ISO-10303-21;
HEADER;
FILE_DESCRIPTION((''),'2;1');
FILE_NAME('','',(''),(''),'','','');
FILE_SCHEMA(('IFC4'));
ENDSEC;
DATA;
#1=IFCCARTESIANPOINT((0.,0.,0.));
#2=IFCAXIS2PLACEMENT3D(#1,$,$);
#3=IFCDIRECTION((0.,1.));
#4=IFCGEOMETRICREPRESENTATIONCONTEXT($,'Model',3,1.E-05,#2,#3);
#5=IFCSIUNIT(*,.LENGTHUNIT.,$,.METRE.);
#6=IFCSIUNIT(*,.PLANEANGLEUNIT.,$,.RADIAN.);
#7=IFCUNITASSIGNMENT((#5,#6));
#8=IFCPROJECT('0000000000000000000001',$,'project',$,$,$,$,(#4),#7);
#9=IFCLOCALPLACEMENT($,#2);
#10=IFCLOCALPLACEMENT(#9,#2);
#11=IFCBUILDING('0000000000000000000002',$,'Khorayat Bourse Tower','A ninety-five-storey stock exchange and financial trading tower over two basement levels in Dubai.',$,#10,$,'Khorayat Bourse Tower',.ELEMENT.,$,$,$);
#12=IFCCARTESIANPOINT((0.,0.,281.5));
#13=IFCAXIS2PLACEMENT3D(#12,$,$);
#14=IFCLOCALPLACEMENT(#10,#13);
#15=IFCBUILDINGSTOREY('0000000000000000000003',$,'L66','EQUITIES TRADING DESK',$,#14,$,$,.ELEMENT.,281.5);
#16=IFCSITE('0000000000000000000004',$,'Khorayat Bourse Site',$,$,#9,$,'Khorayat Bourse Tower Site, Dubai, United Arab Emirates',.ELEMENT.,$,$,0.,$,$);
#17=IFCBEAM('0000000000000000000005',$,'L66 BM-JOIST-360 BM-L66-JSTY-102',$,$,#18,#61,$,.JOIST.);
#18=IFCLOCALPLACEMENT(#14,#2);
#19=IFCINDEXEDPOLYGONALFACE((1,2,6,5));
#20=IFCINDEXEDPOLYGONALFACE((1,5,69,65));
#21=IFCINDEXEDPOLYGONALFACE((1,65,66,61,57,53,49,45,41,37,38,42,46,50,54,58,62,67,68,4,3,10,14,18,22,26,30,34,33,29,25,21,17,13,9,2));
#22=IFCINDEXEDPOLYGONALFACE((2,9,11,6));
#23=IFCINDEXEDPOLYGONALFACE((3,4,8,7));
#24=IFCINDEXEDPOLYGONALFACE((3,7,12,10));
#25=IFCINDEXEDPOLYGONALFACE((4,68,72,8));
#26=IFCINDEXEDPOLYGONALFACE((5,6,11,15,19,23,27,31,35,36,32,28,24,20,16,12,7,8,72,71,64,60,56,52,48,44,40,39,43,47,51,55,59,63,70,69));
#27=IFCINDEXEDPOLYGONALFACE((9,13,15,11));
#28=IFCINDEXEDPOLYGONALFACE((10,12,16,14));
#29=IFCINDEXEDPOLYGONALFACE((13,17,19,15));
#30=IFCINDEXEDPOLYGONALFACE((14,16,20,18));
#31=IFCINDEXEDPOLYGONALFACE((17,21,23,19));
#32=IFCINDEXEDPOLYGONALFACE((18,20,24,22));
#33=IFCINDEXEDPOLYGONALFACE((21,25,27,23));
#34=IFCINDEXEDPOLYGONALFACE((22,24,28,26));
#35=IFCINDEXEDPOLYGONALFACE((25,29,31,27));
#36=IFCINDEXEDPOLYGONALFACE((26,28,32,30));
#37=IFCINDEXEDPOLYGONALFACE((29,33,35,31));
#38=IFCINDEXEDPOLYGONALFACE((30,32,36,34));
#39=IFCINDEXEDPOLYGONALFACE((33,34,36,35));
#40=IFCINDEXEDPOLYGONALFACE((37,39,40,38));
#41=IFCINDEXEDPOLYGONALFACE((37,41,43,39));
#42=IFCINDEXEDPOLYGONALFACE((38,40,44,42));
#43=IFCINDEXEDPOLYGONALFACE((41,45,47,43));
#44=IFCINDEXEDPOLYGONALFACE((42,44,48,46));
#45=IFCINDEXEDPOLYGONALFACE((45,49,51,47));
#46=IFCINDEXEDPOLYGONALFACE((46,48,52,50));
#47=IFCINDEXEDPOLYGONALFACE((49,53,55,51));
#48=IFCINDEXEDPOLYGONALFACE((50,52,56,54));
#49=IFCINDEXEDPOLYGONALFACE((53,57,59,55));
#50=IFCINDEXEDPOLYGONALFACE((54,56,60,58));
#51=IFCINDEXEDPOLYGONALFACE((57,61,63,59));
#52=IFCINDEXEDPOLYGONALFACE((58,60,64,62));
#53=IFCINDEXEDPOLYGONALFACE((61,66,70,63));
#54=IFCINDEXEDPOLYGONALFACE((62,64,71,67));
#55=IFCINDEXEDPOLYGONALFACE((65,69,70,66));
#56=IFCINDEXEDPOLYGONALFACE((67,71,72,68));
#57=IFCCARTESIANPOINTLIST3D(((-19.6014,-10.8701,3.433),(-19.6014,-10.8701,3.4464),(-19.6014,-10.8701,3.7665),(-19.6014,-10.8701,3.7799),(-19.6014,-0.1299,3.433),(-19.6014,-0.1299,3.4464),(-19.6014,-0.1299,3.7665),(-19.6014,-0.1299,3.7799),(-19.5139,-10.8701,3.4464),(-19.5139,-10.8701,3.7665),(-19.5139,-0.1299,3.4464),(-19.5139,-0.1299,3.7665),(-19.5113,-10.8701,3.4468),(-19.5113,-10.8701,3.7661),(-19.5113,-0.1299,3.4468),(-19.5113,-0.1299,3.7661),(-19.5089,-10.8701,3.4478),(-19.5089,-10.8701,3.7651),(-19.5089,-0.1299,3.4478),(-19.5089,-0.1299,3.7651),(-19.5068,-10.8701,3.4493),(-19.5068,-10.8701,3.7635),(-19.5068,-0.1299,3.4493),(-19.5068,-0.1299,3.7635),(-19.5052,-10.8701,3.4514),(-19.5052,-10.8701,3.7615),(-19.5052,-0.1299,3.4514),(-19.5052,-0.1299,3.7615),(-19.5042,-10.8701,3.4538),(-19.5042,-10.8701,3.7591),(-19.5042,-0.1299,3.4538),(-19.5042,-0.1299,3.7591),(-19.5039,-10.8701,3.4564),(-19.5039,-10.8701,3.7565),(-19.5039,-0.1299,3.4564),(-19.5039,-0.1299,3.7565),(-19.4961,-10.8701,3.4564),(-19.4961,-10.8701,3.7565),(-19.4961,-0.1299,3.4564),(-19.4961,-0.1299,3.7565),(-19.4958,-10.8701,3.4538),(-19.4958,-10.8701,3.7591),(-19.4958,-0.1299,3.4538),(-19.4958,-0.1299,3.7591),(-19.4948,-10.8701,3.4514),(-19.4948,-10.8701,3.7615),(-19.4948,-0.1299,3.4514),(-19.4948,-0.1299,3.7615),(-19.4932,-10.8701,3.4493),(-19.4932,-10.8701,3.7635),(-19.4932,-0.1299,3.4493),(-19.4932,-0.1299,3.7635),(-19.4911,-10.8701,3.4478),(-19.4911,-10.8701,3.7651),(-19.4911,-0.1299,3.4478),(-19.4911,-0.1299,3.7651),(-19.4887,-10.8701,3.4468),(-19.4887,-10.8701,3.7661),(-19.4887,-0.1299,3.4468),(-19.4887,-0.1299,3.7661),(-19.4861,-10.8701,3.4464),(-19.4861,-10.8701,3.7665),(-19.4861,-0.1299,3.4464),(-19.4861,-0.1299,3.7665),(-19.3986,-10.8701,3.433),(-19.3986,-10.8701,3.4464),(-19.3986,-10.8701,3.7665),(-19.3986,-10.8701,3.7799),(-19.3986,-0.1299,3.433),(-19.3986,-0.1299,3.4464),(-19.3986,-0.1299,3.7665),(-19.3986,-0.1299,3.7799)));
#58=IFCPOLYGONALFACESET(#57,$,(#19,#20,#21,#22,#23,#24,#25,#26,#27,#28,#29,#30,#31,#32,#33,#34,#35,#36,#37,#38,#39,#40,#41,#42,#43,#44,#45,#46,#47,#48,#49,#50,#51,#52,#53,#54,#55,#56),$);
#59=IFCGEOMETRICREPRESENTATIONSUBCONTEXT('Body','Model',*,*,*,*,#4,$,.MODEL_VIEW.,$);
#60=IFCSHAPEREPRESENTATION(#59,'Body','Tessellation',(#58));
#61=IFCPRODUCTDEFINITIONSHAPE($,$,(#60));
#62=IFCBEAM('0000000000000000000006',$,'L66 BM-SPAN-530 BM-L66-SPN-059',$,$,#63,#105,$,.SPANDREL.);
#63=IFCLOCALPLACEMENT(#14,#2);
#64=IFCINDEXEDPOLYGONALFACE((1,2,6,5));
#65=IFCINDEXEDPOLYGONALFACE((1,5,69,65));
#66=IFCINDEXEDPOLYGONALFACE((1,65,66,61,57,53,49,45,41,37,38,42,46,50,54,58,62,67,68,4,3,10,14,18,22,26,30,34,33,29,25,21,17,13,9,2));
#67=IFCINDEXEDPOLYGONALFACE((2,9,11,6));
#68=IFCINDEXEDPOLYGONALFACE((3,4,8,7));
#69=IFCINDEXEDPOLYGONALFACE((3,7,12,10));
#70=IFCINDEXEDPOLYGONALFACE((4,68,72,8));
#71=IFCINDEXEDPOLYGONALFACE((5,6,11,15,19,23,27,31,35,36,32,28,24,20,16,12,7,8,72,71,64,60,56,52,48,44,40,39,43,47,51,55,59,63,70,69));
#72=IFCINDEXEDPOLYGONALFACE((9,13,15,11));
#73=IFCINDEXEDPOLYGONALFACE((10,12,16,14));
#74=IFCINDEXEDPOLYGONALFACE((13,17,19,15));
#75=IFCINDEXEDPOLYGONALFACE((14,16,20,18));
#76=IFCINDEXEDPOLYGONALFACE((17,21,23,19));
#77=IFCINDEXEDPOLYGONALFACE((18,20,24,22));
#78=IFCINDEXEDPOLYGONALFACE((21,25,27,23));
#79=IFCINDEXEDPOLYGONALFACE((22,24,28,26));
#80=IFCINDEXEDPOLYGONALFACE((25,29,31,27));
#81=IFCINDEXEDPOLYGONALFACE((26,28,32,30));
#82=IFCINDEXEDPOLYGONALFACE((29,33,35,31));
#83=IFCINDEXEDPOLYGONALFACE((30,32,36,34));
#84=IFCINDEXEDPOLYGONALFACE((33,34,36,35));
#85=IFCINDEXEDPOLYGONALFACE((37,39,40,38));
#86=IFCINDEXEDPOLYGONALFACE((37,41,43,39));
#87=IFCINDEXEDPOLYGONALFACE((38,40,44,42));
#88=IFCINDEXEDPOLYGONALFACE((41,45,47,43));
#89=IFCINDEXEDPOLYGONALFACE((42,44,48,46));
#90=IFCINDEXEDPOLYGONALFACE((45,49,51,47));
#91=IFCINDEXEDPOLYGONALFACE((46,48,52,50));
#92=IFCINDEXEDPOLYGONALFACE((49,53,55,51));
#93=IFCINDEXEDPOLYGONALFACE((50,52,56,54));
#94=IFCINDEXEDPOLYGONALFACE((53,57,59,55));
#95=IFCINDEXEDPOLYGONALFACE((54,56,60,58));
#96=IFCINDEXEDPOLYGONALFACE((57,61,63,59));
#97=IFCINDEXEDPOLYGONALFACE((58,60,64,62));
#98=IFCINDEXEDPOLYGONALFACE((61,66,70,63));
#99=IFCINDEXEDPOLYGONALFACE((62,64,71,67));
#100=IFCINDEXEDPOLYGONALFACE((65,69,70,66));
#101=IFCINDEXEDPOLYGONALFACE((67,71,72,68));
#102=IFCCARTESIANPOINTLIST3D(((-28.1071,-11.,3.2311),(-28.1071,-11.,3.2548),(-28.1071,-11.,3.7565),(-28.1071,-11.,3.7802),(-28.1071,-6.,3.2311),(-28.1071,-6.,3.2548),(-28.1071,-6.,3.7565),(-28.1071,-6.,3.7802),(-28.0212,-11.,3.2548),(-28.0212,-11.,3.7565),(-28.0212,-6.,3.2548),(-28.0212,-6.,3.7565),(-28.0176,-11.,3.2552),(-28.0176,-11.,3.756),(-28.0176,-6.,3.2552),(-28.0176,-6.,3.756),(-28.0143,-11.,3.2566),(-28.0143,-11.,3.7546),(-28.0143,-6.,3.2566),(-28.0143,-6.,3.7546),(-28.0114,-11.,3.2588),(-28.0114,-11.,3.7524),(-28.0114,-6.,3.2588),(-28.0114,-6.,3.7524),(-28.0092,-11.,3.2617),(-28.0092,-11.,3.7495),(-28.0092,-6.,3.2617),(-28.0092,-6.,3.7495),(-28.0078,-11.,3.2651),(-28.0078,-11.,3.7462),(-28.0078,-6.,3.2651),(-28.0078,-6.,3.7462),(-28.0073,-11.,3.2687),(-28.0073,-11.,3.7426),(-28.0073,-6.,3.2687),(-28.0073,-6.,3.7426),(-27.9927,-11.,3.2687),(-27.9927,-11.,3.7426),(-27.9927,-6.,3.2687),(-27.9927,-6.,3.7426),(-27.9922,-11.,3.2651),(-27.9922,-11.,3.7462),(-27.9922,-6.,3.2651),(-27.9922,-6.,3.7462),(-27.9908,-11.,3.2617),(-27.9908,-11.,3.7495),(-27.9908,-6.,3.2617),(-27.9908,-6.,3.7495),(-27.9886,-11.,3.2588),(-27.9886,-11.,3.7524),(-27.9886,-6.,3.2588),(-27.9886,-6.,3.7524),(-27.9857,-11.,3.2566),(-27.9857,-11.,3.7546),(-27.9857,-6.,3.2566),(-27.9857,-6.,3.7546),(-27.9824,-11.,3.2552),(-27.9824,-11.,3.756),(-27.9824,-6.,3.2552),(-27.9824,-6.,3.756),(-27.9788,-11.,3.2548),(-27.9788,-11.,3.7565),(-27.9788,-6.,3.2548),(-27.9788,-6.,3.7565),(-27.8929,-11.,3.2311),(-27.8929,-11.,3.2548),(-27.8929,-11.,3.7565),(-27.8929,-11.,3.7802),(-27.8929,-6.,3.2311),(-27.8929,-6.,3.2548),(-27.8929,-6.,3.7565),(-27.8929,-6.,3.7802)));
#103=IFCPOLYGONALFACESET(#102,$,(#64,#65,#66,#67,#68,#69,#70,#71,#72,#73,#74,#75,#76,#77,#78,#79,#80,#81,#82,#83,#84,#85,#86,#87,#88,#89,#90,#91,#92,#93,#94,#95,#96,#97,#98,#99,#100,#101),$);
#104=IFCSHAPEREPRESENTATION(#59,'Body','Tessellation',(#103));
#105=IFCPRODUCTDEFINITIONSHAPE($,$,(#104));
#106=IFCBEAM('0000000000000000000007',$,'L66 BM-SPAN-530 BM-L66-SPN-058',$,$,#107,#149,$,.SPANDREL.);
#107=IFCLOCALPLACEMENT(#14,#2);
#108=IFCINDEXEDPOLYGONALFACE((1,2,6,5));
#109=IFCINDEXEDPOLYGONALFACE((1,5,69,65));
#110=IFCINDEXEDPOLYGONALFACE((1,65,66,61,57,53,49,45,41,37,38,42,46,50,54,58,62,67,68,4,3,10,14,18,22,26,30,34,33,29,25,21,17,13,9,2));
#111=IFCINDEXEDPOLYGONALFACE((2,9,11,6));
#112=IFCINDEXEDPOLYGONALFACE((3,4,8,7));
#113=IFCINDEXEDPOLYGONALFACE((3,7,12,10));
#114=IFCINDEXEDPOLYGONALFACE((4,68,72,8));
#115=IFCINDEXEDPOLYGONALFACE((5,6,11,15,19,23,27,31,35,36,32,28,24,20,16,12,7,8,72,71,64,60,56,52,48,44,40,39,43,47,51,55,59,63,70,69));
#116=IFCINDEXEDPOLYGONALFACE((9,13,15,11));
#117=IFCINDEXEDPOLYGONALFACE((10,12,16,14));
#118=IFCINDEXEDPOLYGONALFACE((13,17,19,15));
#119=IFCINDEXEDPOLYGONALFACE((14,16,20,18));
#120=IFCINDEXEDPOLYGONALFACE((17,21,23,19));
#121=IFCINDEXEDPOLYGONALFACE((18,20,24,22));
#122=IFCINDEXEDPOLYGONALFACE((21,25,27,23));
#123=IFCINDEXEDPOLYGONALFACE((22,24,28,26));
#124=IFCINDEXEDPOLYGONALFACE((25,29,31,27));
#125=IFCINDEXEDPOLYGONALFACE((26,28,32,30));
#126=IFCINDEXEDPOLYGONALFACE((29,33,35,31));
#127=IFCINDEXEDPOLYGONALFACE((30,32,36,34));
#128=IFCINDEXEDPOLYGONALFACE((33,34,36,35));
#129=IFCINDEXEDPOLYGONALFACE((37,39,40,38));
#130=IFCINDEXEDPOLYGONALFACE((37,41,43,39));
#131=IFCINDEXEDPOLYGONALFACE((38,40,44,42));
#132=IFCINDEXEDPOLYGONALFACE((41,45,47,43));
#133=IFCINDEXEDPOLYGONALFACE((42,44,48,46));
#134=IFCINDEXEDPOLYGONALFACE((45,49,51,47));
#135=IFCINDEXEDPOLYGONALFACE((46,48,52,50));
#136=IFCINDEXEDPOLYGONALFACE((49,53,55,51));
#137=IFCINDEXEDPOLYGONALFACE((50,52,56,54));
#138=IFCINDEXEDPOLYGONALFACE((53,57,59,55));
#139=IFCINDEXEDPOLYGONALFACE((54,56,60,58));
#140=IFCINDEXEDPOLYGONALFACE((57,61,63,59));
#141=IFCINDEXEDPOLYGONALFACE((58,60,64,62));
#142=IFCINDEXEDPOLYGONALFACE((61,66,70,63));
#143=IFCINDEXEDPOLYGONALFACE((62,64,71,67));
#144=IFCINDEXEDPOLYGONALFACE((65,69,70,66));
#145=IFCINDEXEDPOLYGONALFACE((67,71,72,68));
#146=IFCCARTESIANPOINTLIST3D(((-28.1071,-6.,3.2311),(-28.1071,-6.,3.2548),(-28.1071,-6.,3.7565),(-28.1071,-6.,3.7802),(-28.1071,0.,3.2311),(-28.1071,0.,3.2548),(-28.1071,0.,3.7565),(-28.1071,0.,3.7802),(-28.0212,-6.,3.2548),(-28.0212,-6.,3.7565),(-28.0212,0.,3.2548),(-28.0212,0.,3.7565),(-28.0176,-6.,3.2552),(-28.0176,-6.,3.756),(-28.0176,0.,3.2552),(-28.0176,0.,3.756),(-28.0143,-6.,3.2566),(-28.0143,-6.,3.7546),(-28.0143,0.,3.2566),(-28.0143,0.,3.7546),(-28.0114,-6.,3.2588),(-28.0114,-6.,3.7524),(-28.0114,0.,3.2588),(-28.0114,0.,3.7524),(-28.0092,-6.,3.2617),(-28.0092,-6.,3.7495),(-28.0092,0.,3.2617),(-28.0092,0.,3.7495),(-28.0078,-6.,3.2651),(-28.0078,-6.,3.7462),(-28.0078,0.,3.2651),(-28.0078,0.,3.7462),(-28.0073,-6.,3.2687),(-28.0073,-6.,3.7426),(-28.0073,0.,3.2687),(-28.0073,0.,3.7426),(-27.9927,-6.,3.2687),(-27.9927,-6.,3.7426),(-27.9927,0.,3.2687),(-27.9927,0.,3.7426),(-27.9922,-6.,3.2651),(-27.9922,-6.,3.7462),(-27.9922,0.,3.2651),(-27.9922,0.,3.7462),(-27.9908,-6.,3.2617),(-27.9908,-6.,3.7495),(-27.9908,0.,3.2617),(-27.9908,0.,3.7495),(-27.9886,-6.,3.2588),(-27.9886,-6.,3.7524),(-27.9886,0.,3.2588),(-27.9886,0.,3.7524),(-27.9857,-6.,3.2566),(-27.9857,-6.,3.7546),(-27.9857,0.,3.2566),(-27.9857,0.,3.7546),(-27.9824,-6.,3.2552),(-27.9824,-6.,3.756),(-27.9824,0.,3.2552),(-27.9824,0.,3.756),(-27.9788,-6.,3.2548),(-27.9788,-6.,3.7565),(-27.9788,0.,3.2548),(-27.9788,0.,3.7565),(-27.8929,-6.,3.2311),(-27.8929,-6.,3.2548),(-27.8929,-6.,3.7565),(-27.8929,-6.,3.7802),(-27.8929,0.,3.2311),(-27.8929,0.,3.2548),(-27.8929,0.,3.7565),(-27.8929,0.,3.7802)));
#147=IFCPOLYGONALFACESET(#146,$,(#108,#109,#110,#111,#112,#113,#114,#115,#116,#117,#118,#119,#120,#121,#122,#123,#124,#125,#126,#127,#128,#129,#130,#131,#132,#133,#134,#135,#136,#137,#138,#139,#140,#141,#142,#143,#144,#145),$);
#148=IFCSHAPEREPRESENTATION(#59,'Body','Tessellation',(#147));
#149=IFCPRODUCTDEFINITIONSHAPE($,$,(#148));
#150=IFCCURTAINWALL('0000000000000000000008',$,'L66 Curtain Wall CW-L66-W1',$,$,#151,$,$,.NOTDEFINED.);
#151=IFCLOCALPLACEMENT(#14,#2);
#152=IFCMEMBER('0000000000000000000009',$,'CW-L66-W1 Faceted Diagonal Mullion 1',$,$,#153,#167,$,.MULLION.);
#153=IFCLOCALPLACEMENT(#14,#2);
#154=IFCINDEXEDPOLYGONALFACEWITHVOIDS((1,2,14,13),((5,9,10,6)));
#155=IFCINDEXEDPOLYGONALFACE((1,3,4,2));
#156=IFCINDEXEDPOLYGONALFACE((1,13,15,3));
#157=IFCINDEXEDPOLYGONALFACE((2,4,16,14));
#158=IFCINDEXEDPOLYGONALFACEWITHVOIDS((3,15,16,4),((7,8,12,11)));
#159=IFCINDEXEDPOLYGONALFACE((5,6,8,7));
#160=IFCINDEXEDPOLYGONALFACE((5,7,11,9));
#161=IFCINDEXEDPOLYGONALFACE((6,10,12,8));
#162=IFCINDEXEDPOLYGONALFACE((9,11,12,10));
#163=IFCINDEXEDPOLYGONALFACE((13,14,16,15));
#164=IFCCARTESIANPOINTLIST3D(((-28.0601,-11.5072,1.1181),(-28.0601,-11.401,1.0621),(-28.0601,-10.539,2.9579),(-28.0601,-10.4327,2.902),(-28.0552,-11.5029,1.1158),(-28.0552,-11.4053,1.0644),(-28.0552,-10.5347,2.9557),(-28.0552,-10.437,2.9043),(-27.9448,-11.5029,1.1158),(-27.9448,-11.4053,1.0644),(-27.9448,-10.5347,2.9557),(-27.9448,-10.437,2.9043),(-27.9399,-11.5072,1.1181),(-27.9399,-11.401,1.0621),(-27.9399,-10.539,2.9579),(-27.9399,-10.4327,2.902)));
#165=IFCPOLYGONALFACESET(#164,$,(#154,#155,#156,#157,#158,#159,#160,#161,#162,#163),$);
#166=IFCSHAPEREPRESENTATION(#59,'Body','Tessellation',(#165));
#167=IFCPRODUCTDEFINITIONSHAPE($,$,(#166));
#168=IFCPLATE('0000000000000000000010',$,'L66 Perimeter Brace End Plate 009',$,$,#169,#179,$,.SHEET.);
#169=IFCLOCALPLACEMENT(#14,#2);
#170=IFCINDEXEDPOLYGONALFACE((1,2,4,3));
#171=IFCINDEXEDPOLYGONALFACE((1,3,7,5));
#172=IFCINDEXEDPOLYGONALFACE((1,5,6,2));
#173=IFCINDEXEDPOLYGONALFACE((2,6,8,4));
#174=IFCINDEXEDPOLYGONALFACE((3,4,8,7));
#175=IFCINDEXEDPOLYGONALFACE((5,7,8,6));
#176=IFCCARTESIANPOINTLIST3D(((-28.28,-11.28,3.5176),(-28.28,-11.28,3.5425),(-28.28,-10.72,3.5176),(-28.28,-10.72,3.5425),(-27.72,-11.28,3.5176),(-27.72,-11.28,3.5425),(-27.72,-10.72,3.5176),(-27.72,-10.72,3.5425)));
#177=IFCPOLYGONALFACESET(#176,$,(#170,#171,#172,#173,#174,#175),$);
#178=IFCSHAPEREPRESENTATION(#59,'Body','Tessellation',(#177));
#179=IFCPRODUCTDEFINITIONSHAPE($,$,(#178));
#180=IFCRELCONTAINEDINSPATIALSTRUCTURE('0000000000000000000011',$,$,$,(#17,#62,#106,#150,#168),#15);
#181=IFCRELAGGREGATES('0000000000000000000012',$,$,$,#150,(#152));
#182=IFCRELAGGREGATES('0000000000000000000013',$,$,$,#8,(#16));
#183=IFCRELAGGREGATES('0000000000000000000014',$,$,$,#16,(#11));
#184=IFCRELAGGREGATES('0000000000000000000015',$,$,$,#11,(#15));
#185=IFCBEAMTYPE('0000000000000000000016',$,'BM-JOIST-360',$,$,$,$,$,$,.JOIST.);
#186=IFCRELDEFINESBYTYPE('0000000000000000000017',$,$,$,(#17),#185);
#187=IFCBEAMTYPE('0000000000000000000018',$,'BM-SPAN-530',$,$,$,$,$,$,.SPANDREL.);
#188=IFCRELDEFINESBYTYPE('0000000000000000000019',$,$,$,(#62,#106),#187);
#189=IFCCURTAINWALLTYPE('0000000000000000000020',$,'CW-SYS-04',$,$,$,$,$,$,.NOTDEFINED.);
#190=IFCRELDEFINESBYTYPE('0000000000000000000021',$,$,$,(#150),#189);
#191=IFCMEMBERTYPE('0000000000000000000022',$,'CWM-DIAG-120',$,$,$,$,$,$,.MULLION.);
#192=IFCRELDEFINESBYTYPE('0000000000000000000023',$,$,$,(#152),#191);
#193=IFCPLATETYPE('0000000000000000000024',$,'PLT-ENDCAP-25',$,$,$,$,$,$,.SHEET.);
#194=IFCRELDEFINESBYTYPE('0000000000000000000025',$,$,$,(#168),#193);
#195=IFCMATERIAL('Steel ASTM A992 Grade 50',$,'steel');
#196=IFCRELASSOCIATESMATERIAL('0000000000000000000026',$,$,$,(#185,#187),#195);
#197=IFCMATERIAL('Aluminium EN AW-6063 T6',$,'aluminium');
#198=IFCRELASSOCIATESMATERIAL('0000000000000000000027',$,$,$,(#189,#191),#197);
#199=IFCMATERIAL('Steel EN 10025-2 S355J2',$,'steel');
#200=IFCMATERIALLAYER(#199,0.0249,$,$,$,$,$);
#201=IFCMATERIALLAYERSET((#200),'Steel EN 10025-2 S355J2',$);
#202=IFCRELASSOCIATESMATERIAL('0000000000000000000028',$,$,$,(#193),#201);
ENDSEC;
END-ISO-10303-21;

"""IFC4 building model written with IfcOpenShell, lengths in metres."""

from ifc_helpers import new_model, si_unit, direction, frame, origin, origin_2d, place, context, subcontext, project, spatial, rectangle, hollow_rectangle, i_section, extrude, source, transform, mapped, material, layer, layer_set, material_profile, profile_set, type_object, element, aggregate, save


model = new_model("IFC4")

# Units and contexts
model_context = context("Model", 3, precision=1e-05, world=origin(), true_north=direction((0.0, 1.0)))
body_context = subcontext(model_context, "Body", "Model", "MODEL_VIEW")
ifc_project = project(units=[si_unit("LENGTHUNIT", "METRE"), si_unit("PLANEANGLEUNIT", "RADIAN")], contexts=[model_context])

# Site, building, storey
site_placement = place(None, origin())
site = spatial("IfcSite", under=ifc_project, at=site_placement, Name="Khorayat Bourse Site", LongName="Khorayat Bourse Tower Site, Dubai, United Arab Emirates", CompositionType="ELEMENT", RefElevation=0.0)
building_placement = place(site_placement, origin())
building = spatial("IfcBuilding", under=site, at=building_placement, Name="Khorayat Bourse Tower", Description="A ninety-five-storey stock exchange and financial trading tower over two basement levels in Dubai.", LongName="Khorayat Bourse Tower", CompositionType="ELEMENT")
storey_placement = place(building_placement, frame((0.0, 0.0, 281.5)))
storey = spatial("IfcBuildingStorey", under=building, at=storey_placement, Name="L66", Description="EQUITIES TRADING DESK", CompositionType="ELEMENT", Elevation=281.5)

# Beams
ifc_material_1 = material(Name="Steel ASTM A992 Grade 50", Category="steel")
ifc_material_profile_1 = material_profile(ifc_material_1, i_section(OverallWidth=0.2029, OverallDepth=0.3469, WebThickness=0.0078, FlangeThickness=0.0134, FilletRadius=0.01, at=origin_2d()), Name="W360X64")
ifc_profile_set_1 = profile_set([ifc_material_profile_1], Name="Steel ASTM A992 Grade 50")
beam_type_1 = type_object("IfcBeamType", Name="BM-JOIST-360", PredefinedType="JOIST", material=ifc_profile_set_1)
shared_shape_1 = source(origin(), body_context, "Body", "SweptSolid", [
    extrude(i_section(OverallWidth=0.2029, OverallDepth=0.3469, WebThickness=0.0078, FlangeThickness=0.0134, FilletRadius=0.01, at=origin_2d()), origin(), (0.0, 0.0, 1.0), 10.7402),
])
beam_1_placement = place(storey_placement, frame((-19.5, -10.8701, 3.6064), z_axis=(0.0, 1.0, 0.0), x_axis=(-1.0, 0.0, 0.0)))
element("IfcBeam", 1, at=beam_1_placement, inside=storey, type_object=beam_type_1, Name="L66 BM-JOIST-360 BM-L66-JSTY-102", PredefinedType="JOIST", context=body_context, shape_type="MappedRepresentation", body=[
    mapped(shared_shape_1, transform((0.0, 0.0, 0.0), scale=1.0)),
])
ifc_material_profile_2 = material_profile(ifc_material_1, i_section(OverallWidth=0.2141, OverallDepth=0.5491, WebThickness=0.0146, FlangeThickness=0.0237, FilletRadius=0.0139, at=origin_2d()), Name="W530X138")
ifc_profile_set_2 = profile_set([ifc_material_profile_2], Name="Steel ASTM A992 Grade 50")
beam_type_2 = type_object("IfcBeamType", Name="BM-SPAN-530", PredefinedType="SPANDREL", material=ifc_profile_set_2)
shared_shape_2 = source(origin(), body_context, "Body", "SweptSolid", [
    extrude(i_section(OverallWidth=0.2141, OverallDepth=0.5491, WebThickness=0.0146, FlangeThickness=0.0237, FilletRadius=0.0139, at=origin_2d()), origin(), (0.0, 0.0, 1.0), 5.0),
])
beam_2_placement = place(storey_placement, frame((-28.0, -11.0, 3.5056), z_axis=(0.0, 1.0, 0.0), x_axis=(-1.0, 0.0, 0.0)))
element("IfcBeam", 2, at=beam_2_placement, inside=storey, type_object=beam_type_2, Name="L66 BM-SPAN-530 BM-L66-SPN-059", PredefinedType="SPANDREL", context=body_context, shape_type="MappedRepresentation", body=[
    mapped(shared_shape_2, transform((0.0, 0.0, 0.0), scale=1.0)),
])
shared_shape_3 = source(origin(), body_context, "Body", "SweptSolid", [
    extrude(i_section(OverallWidth=0.2141, OverallDepth=0.5491, WebThickness=0.0146, FlangeThickness=0.0237, FilletRadius=0.0139, at=origin_2d()), origin(), (0.0, 0.0, 1.0), 6.0),
])
beam_3_placement = place(storey_placement, frame((-28.0, -6.0, 3.5056), z_axis=(0.0, 1.0, 0.0), x_axis=(-1.0, 0.0, 0.0)))
element("IfcBeam", 3, at=beam_3_placement, inside=storey, type_object=beam_type_2, Name="L66 BM-SPAN-530 BM-L66-SPN-058", PredefinedType="SPANDREL", context=body_context, shape_type="MappedRepresentation", body=[
    mapped(shared_shape_3, transform((0.0, 0.0, 0.0), scale=1.0)),
])

# Curtain wall, member
ifc_material_2 = material(Name="Aluminium EN AW-6063 T6", Category="aluminium")
curtain_wall_type = type_object("IfcCurtainWallType", Name="CW-SYS-04", PredefinedType="NOTDEFINED", material=ifc_material_2)
curtain_wall_placement = place(storey_placement, origin())
curtain_wall = element("IfcCurtainWall", 4, at=curtain_wall_placement, inside=storey, type_object=curtain_wall_type, Name="L66 Curtain Wall CW-L66-W1", PredefinedType="NOTDEFINED")
ifc_material_profile_3 = material_profile(ifc_material_2, hollow_rectangle(XDim=0.1201, YDim=0.1201, WallThickness=0.0049, at=origin_2d()), Name="ALU 120x120x5")
ifc_profile_set_3 = profile_set([ifc_material_profile_3], Name="Aluminium EN AW-6063 T6")
member_type_1 = type_object("IfcMemberType", Name="CWM-DIAG-120", PredefinedType="MULLION", material=ifc_profile_set_3)
shared_shape_4 = source(origin(), body_context, "Body", "SweptSolid", [
    extrude(hollow_rectangle(XDim=0.1201, YDim=0.1201, WallThickness=0.0049, at=origin_2d()), origin(), (0.0, 0.0, 1.0), 2.0791),
])
member_1_placement = place(storey_placement, frame((-28.0, -11.4541, 1.0901), z_axis=(0.0, 0.465717, 0.884934), x_axis=(-1.0, 0.0, 0.0)))
member_1 = element("IfcMember", 5, at=member_1_placement, type_object=member_type_1, Name="CW-L66-W1 Faceted Diagonal Mullion 1", PredefinedType="MULLION", context=body_context, shape_type="MappedRepresentation", body=[
    mapped(shared_shape_4, transform((0.0, 0.0, 0.0), scale=1.0)),
])

# Plate
ifc_material_3 = material(Name="Steel EN 10025-2 S355J2", Category="steel")
ifc_layer_1 = layer(ifc_material_3, 0.0249)
ifc_layer_set_1 = layer_set([ifc_layer_1], Name="Steel EN 10025-2 S355J2")
plate_type_1 = type_object("IfcPlateType", Name="PLT-ENDCAP-25", PredefinedType="SHEET", material=ifc_layer_set_1)
shared_shape_5 = source(origin(), body_context, "Body", "SweptSolid", [
    extrude(rectangle(XDim=0.5601, YDim=0.5601, at=origin_2d()), origin(), (0.0, 0.0, 1.0), 0.0249),
])
for number, where, z_axis, x_axis, name in (
    (6, (-28.0, -11.0, 3.5176), (0.0, 0.0, 1.0), (1.0, 0.0, 0.0), "L66 Perimeter Brace End Plate 009"),
):
    element("IfcPlate", number, at=place(storey_placement, frame(where, z_axis=z_axis, x_axis=x_axis)), inside=storey, type_object=plate_type_1, Name=name, PredefinedType="SHEET", context=body_context, shape_type="MappedRepresentation", body=[
        mapped(shared_shape_5, transform((0.0, 0.0, 0.0), scale=1.0)),
    ])

aggregate(curtain_wall, [member_1])

save(model, "model.ifc")
